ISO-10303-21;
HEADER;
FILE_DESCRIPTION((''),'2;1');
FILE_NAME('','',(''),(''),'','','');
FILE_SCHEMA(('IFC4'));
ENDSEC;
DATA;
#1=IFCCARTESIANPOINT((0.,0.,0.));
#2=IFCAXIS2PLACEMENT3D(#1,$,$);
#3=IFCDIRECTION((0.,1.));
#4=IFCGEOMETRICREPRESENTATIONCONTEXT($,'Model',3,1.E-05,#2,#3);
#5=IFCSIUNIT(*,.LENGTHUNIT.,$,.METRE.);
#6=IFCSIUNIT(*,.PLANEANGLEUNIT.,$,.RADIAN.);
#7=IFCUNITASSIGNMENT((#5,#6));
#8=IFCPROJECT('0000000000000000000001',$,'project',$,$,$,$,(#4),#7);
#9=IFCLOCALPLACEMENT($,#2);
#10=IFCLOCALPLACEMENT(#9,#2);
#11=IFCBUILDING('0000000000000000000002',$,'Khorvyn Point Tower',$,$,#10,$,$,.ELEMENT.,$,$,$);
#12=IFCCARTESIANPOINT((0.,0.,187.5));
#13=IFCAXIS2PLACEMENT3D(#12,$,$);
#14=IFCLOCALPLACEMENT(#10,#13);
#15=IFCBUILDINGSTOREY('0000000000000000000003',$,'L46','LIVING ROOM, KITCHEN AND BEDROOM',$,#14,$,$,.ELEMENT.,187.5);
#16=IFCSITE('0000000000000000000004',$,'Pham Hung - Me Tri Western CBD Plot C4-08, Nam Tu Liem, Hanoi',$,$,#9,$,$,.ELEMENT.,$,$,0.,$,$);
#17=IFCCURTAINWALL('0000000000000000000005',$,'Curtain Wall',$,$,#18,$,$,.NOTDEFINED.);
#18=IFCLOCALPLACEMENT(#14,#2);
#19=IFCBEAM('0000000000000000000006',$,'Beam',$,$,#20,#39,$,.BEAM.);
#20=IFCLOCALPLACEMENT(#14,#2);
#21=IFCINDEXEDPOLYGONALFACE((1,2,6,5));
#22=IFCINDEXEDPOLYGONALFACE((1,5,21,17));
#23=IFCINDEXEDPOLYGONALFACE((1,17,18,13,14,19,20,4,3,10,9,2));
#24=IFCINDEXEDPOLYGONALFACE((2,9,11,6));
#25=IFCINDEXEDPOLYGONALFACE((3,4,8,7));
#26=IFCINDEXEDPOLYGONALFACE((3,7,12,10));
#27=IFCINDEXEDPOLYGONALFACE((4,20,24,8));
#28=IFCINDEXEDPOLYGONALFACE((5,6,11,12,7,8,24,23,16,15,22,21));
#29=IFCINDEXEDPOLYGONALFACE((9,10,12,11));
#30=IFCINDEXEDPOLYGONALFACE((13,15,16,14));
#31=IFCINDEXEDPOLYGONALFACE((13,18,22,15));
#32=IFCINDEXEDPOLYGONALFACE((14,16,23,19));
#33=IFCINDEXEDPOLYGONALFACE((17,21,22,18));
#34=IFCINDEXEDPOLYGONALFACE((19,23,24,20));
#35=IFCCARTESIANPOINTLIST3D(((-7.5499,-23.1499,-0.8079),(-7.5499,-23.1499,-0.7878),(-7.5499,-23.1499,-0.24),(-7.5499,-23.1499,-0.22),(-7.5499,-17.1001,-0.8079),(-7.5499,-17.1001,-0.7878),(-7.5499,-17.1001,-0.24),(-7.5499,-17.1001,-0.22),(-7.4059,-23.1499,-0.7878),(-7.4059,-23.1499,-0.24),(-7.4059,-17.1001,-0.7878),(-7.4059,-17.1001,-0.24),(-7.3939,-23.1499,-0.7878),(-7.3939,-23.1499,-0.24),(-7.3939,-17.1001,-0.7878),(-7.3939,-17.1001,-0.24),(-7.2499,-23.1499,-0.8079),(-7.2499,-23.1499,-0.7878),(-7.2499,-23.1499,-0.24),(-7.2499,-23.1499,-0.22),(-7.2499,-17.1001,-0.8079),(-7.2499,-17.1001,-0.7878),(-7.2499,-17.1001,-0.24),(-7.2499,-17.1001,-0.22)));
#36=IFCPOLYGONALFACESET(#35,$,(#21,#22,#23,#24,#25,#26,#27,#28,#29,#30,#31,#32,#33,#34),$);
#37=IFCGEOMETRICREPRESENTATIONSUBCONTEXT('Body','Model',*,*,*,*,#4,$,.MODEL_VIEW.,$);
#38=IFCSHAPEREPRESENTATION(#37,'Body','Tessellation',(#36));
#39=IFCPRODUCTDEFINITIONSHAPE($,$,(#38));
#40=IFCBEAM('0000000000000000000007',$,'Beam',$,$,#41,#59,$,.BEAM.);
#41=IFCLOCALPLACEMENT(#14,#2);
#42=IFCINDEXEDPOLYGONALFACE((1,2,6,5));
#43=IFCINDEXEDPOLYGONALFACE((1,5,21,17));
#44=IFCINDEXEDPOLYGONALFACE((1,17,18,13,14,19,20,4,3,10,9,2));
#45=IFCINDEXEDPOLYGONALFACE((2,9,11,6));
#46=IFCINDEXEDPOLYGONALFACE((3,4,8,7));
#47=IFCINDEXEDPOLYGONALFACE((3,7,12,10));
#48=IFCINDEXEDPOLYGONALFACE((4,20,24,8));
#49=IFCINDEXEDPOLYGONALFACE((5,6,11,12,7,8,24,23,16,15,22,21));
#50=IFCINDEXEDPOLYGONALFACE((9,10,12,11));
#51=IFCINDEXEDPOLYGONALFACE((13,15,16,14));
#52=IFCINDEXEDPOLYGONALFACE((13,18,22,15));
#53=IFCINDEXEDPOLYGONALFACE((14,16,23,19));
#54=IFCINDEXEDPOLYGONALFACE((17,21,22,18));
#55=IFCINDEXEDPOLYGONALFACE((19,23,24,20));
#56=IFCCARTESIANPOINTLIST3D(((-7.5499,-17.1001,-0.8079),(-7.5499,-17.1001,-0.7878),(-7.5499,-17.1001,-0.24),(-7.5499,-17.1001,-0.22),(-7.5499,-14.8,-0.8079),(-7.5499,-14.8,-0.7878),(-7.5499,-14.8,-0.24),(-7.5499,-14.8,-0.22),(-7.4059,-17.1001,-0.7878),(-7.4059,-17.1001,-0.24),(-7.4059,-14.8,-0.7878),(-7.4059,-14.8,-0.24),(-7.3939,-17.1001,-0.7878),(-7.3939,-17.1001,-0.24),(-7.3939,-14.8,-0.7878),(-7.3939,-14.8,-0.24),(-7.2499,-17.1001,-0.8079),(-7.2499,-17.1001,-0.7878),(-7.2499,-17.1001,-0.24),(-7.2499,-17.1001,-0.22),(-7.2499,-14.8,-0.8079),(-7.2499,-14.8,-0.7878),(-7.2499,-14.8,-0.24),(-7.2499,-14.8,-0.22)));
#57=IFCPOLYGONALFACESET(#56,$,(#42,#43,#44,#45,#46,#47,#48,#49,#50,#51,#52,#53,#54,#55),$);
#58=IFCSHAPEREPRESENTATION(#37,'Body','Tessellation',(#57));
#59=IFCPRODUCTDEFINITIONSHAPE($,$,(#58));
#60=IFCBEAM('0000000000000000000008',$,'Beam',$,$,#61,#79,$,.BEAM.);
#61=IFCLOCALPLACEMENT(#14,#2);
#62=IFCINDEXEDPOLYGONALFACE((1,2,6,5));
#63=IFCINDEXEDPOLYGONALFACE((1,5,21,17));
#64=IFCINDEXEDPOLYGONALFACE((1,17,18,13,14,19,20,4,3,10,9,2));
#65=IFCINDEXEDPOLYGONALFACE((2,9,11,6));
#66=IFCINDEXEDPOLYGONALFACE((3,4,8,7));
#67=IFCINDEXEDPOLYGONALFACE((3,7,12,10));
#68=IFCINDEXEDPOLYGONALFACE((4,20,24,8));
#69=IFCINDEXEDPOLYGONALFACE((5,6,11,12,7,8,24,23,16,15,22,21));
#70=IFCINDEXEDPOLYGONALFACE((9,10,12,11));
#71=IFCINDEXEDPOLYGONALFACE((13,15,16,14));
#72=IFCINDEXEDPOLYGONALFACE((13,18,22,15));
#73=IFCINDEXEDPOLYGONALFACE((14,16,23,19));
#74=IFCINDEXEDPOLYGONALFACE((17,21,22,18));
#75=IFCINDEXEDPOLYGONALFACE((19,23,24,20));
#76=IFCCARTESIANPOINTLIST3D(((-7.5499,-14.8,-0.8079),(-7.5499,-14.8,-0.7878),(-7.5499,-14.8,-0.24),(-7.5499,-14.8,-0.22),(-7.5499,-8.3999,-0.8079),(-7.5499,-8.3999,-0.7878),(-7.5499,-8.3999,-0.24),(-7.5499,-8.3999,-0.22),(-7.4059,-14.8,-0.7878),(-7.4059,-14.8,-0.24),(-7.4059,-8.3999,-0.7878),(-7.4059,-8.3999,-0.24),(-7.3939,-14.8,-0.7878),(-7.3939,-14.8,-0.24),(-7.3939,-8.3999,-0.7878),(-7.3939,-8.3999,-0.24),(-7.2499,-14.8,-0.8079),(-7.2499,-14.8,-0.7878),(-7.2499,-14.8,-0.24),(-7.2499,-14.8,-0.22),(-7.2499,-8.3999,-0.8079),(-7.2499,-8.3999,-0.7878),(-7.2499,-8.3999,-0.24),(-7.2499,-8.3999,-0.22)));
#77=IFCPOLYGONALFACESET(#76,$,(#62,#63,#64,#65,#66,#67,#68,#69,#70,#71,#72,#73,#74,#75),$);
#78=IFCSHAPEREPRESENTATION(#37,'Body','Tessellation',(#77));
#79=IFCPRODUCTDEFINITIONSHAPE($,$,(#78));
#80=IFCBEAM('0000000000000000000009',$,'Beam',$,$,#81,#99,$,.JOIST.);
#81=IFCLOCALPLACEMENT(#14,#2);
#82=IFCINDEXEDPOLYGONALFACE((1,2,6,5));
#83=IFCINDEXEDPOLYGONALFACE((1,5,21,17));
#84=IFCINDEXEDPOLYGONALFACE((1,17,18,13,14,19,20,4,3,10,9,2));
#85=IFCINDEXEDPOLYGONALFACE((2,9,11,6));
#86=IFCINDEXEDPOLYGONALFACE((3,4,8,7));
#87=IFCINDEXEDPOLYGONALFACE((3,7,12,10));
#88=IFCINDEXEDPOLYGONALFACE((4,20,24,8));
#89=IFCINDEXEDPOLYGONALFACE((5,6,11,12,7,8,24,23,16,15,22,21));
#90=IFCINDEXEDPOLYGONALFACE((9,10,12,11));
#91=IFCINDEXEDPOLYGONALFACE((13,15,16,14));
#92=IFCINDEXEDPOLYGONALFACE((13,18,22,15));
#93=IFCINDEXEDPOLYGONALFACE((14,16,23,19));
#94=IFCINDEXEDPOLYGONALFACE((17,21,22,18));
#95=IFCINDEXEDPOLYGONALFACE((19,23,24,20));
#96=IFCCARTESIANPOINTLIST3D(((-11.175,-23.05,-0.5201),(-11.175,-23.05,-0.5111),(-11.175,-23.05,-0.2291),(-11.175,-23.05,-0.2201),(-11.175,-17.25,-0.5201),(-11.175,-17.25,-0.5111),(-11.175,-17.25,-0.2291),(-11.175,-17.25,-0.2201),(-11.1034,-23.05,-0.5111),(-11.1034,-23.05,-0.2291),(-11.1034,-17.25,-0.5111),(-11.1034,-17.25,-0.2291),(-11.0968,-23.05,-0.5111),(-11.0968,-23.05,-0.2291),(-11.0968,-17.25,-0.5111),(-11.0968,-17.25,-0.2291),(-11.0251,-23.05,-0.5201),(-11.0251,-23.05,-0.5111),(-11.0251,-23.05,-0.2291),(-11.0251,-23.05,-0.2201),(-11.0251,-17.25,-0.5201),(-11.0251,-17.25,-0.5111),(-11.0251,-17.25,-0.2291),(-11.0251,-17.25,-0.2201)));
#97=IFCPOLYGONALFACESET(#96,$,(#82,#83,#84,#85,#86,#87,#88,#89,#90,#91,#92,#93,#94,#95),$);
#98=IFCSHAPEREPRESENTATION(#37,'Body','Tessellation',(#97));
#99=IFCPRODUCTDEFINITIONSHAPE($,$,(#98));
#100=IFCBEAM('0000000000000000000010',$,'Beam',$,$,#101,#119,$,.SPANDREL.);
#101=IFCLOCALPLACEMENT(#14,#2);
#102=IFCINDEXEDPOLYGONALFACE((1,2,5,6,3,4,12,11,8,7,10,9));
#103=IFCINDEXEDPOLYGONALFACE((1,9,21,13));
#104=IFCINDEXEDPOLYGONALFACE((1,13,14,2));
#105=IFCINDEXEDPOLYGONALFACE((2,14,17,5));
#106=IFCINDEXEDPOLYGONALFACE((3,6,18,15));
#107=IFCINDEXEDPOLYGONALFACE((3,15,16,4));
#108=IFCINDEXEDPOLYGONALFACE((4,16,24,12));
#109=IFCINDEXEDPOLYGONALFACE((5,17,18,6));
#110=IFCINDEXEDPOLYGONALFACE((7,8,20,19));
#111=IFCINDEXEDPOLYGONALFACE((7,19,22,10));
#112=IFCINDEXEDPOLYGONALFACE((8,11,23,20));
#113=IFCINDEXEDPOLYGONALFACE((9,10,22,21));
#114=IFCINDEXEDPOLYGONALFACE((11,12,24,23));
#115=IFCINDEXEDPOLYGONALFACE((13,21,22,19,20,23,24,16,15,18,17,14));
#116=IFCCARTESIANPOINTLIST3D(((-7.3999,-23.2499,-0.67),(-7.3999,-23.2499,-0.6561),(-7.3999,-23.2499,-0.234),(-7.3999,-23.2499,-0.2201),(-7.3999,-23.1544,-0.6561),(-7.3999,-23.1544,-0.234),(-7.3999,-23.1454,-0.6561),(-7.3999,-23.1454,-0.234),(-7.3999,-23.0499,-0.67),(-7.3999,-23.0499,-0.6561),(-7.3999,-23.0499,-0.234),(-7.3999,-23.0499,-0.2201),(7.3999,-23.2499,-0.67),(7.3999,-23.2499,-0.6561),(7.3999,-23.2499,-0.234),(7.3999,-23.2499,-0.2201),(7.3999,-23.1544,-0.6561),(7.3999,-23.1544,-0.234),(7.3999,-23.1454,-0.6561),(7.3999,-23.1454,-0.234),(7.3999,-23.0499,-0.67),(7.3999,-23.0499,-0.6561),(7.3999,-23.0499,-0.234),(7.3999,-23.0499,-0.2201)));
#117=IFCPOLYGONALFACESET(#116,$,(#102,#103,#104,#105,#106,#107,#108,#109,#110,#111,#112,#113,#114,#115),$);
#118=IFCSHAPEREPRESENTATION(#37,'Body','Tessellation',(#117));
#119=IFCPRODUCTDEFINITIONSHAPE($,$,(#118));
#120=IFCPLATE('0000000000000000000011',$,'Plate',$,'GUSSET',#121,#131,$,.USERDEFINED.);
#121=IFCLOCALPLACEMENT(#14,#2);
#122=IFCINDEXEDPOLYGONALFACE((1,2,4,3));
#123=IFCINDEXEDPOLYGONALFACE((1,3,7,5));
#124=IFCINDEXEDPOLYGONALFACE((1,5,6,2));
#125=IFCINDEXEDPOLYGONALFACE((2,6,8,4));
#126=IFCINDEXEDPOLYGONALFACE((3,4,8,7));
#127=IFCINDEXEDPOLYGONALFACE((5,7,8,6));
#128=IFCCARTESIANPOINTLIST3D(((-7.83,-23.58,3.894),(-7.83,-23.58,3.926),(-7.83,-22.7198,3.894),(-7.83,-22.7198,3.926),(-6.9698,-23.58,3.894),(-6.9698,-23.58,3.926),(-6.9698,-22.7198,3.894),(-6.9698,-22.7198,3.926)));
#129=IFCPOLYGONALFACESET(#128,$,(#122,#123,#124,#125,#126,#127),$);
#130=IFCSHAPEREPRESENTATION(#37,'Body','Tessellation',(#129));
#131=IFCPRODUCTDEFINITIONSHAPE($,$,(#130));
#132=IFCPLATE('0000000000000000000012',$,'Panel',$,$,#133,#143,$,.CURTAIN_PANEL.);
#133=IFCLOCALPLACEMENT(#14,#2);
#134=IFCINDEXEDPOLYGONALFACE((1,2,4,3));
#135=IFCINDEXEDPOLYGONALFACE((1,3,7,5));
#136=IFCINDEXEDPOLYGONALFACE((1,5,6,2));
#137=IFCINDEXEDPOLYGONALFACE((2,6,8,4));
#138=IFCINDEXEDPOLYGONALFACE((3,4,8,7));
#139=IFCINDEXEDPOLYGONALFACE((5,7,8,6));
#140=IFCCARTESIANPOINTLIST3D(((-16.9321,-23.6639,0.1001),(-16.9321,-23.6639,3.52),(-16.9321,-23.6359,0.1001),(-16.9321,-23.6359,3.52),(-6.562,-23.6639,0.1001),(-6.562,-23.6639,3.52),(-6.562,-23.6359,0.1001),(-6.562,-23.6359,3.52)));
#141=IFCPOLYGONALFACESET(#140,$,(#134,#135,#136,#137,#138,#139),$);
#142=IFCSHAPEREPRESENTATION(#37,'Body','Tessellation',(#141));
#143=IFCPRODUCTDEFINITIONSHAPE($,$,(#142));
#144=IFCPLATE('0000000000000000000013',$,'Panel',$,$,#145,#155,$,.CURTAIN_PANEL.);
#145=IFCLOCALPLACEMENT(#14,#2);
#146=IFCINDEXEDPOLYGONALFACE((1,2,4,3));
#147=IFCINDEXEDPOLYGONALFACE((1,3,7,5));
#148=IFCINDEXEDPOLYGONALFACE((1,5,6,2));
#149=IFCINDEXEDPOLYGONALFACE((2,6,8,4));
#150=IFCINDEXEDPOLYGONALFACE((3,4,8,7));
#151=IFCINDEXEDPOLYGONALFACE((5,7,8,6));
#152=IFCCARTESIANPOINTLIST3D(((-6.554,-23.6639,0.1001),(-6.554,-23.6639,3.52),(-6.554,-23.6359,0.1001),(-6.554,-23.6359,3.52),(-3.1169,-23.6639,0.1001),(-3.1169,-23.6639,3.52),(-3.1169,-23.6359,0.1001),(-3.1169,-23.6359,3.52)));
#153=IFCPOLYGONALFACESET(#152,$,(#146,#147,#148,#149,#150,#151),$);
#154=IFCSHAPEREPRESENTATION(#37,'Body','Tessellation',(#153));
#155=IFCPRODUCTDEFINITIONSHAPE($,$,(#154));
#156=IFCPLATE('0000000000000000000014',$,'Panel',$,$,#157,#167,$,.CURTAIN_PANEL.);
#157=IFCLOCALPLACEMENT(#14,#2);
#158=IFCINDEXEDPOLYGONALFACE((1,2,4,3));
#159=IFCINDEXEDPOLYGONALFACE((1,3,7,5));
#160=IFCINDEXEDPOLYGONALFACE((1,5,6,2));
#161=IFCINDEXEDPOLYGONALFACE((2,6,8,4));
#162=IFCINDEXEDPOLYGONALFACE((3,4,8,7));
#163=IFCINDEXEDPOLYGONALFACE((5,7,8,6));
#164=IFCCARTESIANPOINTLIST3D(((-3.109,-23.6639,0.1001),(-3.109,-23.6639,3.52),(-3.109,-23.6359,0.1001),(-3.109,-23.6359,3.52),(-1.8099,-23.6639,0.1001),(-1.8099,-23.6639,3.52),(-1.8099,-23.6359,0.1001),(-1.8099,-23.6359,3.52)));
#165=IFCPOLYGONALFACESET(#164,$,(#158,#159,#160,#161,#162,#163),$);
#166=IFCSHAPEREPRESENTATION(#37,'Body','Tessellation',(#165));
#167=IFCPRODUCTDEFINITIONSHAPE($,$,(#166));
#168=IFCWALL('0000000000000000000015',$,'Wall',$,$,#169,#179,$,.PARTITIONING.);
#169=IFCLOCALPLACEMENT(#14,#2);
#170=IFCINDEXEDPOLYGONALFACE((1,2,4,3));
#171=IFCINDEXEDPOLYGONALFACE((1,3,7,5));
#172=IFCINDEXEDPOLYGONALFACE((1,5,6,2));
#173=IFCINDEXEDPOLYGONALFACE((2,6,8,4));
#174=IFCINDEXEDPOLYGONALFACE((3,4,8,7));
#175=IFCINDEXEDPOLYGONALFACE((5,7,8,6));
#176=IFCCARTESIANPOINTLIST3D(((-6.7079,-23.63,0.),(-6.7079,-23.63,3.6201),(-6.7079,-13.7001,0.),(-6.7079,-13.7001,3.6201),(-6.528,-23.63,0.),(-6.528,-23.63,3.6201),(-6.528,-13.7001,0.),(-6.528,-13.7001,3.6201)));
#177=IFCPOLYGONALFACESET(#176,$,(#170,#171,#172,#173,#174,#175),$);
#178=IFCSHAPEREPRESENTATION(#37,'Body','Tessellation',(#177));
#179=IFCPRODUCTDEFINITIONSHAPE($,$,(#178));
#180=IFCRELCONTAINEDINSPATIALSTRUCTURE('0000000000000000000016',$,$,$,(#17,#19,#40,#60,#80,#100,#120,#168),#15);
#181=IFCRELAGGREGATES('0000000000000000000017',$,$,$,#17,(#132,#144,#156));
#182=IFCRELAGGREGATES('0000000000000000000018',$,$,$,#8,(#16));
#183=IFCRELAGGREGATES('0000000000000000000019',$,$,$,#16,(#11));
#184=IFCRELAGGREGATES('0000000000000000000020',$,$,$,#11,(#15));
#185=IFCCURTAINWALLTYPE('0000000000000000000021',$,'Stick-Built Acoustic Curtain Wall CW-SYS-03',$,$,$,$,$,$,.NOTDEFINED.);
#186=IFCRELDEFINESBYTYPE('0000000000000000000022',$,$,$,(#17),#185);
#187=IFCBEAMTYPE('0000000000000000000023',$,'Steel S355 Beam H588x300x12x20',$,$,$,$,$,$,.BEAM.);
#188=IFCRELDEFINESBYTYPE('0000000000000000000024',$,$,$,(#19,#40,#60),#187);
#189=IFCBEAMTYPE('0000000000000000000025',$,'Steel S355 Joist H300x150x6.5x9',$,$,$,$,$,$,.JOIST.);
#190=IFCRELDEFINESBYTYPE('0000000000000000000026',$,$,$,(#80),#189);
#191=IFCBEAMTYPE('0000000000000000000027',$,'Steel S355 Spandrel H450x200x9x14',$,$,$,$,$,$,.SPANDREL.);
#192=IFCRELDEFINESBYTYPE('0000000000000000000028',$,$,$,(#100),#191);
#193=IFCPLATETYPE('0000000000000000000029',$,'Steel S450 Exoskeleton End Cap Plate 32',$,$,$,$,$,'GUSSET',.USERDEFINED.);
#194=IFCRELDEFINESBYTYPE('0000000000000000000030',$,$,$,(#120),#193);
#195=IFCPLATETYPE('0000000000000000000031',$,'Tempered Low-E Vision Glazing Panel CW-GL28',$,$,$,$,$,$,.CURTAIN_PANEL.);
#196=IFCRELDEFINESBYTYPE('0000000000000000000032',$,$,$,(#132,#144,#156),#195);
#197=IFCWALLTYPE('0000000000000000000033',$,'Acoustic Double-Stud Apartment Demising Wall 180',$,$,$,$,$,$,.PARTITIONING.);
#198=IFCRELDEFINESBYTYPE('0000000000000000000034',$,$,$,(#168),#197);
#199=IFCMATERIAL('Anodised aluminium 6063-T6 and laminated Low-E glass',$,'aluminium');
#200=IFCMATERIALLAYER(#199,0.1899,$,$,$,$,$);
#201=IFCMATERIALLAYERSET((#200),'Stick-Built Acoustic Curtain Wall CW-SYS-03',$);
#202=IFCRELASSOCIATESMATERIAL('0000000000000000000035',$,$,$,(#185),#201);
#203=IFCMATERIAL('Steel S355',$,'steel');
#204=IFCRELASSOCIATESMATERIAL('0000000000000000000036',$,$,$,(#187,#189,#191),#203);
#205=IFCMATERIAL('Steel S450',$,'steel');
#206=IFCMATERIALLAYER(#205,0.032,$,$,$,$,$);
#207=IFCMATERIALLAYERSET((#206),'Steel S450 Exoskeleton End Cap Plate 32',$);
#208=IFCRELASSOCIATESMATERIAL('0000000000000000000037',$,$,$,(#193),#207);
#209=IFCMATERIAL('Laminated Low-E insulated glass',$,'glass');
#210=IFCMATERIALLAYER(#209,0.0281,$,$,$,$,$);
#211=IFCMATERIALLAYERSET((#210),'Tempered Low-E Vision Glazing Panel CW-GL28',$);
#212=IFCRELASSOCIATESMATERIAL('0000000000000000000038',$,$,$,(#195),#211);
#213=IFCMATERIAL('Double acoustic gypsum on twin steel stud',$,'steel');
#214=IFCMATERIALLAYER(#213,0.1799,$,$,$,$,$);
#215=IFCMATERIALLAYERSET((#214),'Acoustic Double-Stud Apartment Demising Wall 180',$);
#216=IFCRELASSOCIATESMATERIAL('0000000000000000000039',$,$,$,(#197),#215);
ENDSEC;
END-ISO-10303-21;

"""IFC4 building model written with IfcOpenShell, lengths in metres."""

from ifc_helpers import new_model, si_unit, direction, frame, frame_2d, origin, origin_2d, place, context, subcontext, project, spatial, rectangle, i_section, extrude, material, layer, layer_set, material_profile, profile_set, type_object, element, aggregate, save


model = new_model("IFC4")

# Units and contexts
model_context = context("Model", 3, precision=1e-05, world=origin(), true_north=direction((0.0, 1.0)))
body_context = subcontext(model_context, "Body", "Model", "MODEL_VIEW")
ifc_project = project(units=[si_unit("LENGTHUNIT", "METRE"), si_unit("PLANEANGLEUNIT", "RADIAN")], contexts=[model_context])

# Site, building, storey
site_placement = place(None, origin())
site = spatial("IfcSite", under=ifc_project, at=site_placement, Name="Pham Hung - Me Tri Western CBD Plot C4-08, Nam Tu Liem, Hanoi", CompositionType="ELEMENT", RefElevation=0.0)
building_placement = place(site_placement, origin())
building = spatial("IfcBuilding", under=site, at=building_placement, Name="Khorvyn Point Tower", CompositionType="ELEMENT")
storey_placement = place(building_placement, frame((0.0, 0.0, 187.5)))
storey = spatial("IfcBuildingStorey", under=building, at=storey_placement, Name="L46", Description="LIVING ROOM, KITCHEN AND BEDROOM", CompositionType="ELEMENT", Elevation=187.5)

# Shared definitions
ifc_material_1 = material(Name="Steel S450", Category="steel")

# Curtain wall
ifc_material_2 = material(Name="Anodised aluminium 6063-T6 and laminated Low-E glass", Category="aluminium")
ifc_layer_1 = layer(ifc_material_2, 0.1899)
ifc_layer_set_1 = layer_set([ifc_layer_1], Name="Stick-Built Acoustic Curtain Wall CW-SYS-03")
curtain_wall_type = type_object("IfcCurtainWallType", Name="Stick-Built Acoustic Curtain Wall CW-SYS-03", PredefinedType="NOTDEFINED", material=ifc_layer_set_1)
curtain_wall_placement = place(storey_placement, origin())
curtain_wall = element("IfcCurtainWall", 1, at=curtain_wall_placement, inside=storey, type_object=curtain_wall_type, Name="Curtain Wall", PredefinedType="NOTDEFINED")

# Beams
ifc_material_3 = material(Name="Steel S355", Category="steel")
ifc_material_profile_1 = material_profile(ifc_material_3, i_section(OverallWidth=0.3, OverallDepth=0.5879, WebThickness=0.012, FlangeThickness=0.02, at=origin_2d()))
ifc_profile_set_1 = profile_set([ifc_material_profile_1], Name="Steel S355 H588x300x12x20")
beam_type_1 = type_object("IfcBeamType", Name="Steel S355 Beam H588x300x12x20", PredefinedType="BEAM", material=ifc_profile_set_1)
beam_1_placement = place(storey_placement, frame((-7.3999, -23.1499, -0.5139), z_axis=(0.0, 1.0, 0.0), x_axis=(-1.0, 0.0, 0.0)))
element("IfcBeam", 2, at=beam_1_placement, inside=storey, type_object=beam_type_1, Name="Beam", PredefinedType="BEAM", context=body_context, shape_type="SweptSolid", body=[
    extrude(i_section(OverallWidth=0.3, OverallDepth=0.5879, WebThickness=0.012, FlangeThickness=0.02, at=origin_2d()), origin(), (0.0, 0.0, 1.0), 6.0498),
])
beam_2_placement = place(storey_placement, frame((-7.3999, -17.1001, -0.5139), z_axis=(0.0, 1.0, 0.0), x_axis=(-1.0, 0.0, 0.0)))
element("IfcBeam", 3, at=beam_2_placement, inside=storey, type_object=beam_type_1, Name="Beam", PredefinedType="BEAM", context=body_context, shape_type="SweptSolid", body=[
    extrude(i_section(OverallWidth=0.3, OverallDepth=0.5879, WebThickness=0.012, FlangeThickness=0.02, at=origin_2d()), origin(), (0.0, 0.0, 1.0), 2.3),
])
beam_3_placement = place(storey_placement, frame((-7.3999, -14.8, -0.5139), z_axis=(0.0, 1.0, 0.0), x_axis=(-1.0, 0.0, 0.0)))
element("IfcBeam", 4, at=beam_3_placement, inside=storey, type_object=beam_type_1, Name="Beam", PredefinedType="BEAM", context=body_context, shape_type="SweptSolid", body=[
    extrude(i_section(OverallWidth=0.3, OverallDepth=0.5879, WebThickness=0.012, FlangeThickness=0.02, at=origin_2d()), origin(), (0.0, 0.0, 1.0), 6.4001),
])
ifc_material_profile_2 = material_profile(ifc_material_3, i_section(OverallWidth=0.1499, OverallDepth=0.3, WebThickness=0.0066, FlangeThickness=0.009, at=origin_2d()))
ifc_profile_set_2 = profile_set([ifc_material_profile_2], Name="Steel S355 H300x150x6.5x9")
beam_type_2 = type_object("IfcBeamType", Name="Steel S355 Joist H300x150x6.5x9", PredefinedType="JOIST", material=ifc_profile_set_2)
beam_4_placement = place(storey_placement, frame((-11.1001, -23.05, -0.3701), z_axis=(0.0, 1.0, 0.0), x_axis=(-1.0, 0.0, 0.0)))
element("IfcBeam", 5, at=beam_4_placement, inside=storey, type_object=beam_type_2, Name="Beam", PredefinedType="JOIST", context=body_context, shape_type="SweptSolid", body=[
    extrude(i_section(OverallWidth=0.1499, OverallDepth=0.3, WebThickness=0.0066, FlangeThickness=0.009, at=origin_2d()), origin(), (0.0, 0.0, 1.0), 5.8),
])
ifc_material_profile_3 = material_profile(ifc_material_3, i_section(OverallWidth=0.2, OverallDepth=0.45, WebThickness=0.009, FlangeThickness=0.0139, at=origin_2d()))
ifc_profile_set_3 = profile_set([ifc_material_profile_3], Name="Steel S355 H450x200x9x14")
beam_type_3 = type_object("IfcBeamType", Name="Steel S355 Spandrel H450x200x9x14", PredefinedType="SPANDREL", material=ifc_profile_set_3)
beam_5_placement = place(storey_placement, frame((-7.3999, -23.1499, -0.4451), z_axis=(1.0, 0.0, 0.0), x_axis=(0.0, 1.0, 0.0)))
element("IfcBeam", 6, at=beam_5_placement, inside=storey, type_object=beam_type_3, Name="Beam", PredefinedType="SPANDREL", context=body_context, shape_type="SweptSolid", body=[
    extrude(i_section(OverallWidth=0.2, OverallDepth=0.45, WebThickness=0.009, FlangeThickness=0.0139, at=origin_2d()), origin(), (0.0, 0.0, 1.0), 14.7998),
])

# Plates
ifc_layer_2 = layer(ifc_material_1, 0.032)
ifc_layer_set_2 = layer_set([ifc_layer_2], Name="Steel S450 Exoskeleton End Cap Plate 32")
plate_type_1 = type_object("IfcPlateType", Name="Steel S450 Exoskeleton End Cap Plate 32", ElementType="GUSSET", PredefinedType="USERDEFINED", material=ifc_layer_set_2)
plate_1_placement = place(storey_placement, frame((-7.3999, -23.1499, 3.894), z_axis=(0.0, 0.0, 1.0), x_axis=(1.0, 0.0, 0.0)))
element("IfcPlate", 7, at=plate_1_placement, inside=storey, type_object=plate_type_1, Name="Plate", ObjectType="GUSSET", PredefinedType="USERDEFINED", context=body_context, shape_type="SweptSolid", body=[
    extrude(rectangle(XDim=0.8601, YDim=0.8601, at=origin_2d()), origin(), (0.0, 0.0, 1.0), 0.032),
])
ifc_material_4 = material(Name="Laminated Low-E insulated glass", Category="glass")
ifc_layer_3 = layer(ifc_material_4, 0.0281)
ifc_layer_set_3 = layer_set([ifc_layer_3], Name="Tempered Low-E Vision Glazing Panel CW-GL28")
plate_type_2 = type_object("IfcPlateType", Name="Tempered Low-E Vision Glazing Panel CW-GL28", PredefinedType="CURTAIN_PANEL", material=ifc_layer_set_3)
plate_2_placement = place(storey_placement, frame((-11.7471, -23.6499, 0.1001), z_axis=(0.0, 0.0, 1.0), x_axis=(-1.0, 0.0, 0.0)))
plate_2 = element("IfcPlate", 8, at=plate_2_placement, type_object=plate_type_2, Name="Panel", PredefinedType="CURTAIN_PANEL", context=body_context, shape_type="SweptSolid", body=[
    extrude(rectangle(XDim=10.3701, YDim=0.0281, at=origin_2d()), origin(), (0.0, 0.0, 1.0), 3.4199),
])
plate_3_placement = place(storey_placement, frame((-4.8354, -23.6499, 0.1001), z_axis=(0.0, 0.0, 1.0), x_axis=(-1.0, 0.0, 0.0)))
plate_3 = element("IfcPlate", 9, at=plate_3_placement, type_object=plate_type_2, Name="Panel", PredefinedType="CURTAIN_PANEL", context=body_context, shape_type="SweptSolid", body=[
    extrude(rectangle(XDim=3.437, YDim=0.0281, at=origin_2d()), origin(), (0.0, 0.0, 1.0), 3.4199),
])
plate_4_placement = place(storey_placement, frame((-2.4595, -23.6499, 0.1001), z_axis=(0.0, 0.0, 1.0), x_axis=(-1.0, 0.0, 0.0)))
plate_4 = element("IfcPlate", 10, at=plate_4_placement, type_object=plate_type_2, Name="Panel", PredefinedType="CURTAIN_PANEL", context=body_context, shape_type="SweptSolid", body=[
    extrude(rectangle(XDim=1.2991, YDim=0.0281, at=origin_2d()), origin(), (0.0, 0.0, 1.0), 3.4199),
])
aggregate(curtain_wall, [plate_2, plate_3, plate_4])

# Wall
ifc_material_5 = material(Name="Double acoustic gypsum on twin steel stud", Category="steel")
ifc_layer_4 = layer(ifc_material_5, 0.1799)
ifc_layer_set_4 = layer_set([ifc_layer_4], Name="Acoustic Double-Stud Apartment Demising Wall 180")
wall_type_1 = type_object("IfcWallType", Name="Acoustic Double-Stud Apartment Demising Wall 180", PredefinedType="PARTITIONING", material=ifc_layer_set_4)
wall_1_placement = place(storey_placement, frame((-6.6179, -23.6299, 0.0), z_axis=(0.0, 0.0, 1.0), x_axis=(0.0, 1.0, 0.0)))
element("IfcWall", 11, at=wall_1_placement, inside=storey, type_object=wall_type_1, Name="Wall", PredefinedType="PARTITIONING", context=body_context, shape_type="SweptSolid", body=[
    extrude(rectangle(XDim=9.9299, YDim=0.1799, at=frame_2d((4.9648, 0.0))), origin(), (0.0, 0.0, 1.0), 3.6201),
])

save(model, "model.ifc")
